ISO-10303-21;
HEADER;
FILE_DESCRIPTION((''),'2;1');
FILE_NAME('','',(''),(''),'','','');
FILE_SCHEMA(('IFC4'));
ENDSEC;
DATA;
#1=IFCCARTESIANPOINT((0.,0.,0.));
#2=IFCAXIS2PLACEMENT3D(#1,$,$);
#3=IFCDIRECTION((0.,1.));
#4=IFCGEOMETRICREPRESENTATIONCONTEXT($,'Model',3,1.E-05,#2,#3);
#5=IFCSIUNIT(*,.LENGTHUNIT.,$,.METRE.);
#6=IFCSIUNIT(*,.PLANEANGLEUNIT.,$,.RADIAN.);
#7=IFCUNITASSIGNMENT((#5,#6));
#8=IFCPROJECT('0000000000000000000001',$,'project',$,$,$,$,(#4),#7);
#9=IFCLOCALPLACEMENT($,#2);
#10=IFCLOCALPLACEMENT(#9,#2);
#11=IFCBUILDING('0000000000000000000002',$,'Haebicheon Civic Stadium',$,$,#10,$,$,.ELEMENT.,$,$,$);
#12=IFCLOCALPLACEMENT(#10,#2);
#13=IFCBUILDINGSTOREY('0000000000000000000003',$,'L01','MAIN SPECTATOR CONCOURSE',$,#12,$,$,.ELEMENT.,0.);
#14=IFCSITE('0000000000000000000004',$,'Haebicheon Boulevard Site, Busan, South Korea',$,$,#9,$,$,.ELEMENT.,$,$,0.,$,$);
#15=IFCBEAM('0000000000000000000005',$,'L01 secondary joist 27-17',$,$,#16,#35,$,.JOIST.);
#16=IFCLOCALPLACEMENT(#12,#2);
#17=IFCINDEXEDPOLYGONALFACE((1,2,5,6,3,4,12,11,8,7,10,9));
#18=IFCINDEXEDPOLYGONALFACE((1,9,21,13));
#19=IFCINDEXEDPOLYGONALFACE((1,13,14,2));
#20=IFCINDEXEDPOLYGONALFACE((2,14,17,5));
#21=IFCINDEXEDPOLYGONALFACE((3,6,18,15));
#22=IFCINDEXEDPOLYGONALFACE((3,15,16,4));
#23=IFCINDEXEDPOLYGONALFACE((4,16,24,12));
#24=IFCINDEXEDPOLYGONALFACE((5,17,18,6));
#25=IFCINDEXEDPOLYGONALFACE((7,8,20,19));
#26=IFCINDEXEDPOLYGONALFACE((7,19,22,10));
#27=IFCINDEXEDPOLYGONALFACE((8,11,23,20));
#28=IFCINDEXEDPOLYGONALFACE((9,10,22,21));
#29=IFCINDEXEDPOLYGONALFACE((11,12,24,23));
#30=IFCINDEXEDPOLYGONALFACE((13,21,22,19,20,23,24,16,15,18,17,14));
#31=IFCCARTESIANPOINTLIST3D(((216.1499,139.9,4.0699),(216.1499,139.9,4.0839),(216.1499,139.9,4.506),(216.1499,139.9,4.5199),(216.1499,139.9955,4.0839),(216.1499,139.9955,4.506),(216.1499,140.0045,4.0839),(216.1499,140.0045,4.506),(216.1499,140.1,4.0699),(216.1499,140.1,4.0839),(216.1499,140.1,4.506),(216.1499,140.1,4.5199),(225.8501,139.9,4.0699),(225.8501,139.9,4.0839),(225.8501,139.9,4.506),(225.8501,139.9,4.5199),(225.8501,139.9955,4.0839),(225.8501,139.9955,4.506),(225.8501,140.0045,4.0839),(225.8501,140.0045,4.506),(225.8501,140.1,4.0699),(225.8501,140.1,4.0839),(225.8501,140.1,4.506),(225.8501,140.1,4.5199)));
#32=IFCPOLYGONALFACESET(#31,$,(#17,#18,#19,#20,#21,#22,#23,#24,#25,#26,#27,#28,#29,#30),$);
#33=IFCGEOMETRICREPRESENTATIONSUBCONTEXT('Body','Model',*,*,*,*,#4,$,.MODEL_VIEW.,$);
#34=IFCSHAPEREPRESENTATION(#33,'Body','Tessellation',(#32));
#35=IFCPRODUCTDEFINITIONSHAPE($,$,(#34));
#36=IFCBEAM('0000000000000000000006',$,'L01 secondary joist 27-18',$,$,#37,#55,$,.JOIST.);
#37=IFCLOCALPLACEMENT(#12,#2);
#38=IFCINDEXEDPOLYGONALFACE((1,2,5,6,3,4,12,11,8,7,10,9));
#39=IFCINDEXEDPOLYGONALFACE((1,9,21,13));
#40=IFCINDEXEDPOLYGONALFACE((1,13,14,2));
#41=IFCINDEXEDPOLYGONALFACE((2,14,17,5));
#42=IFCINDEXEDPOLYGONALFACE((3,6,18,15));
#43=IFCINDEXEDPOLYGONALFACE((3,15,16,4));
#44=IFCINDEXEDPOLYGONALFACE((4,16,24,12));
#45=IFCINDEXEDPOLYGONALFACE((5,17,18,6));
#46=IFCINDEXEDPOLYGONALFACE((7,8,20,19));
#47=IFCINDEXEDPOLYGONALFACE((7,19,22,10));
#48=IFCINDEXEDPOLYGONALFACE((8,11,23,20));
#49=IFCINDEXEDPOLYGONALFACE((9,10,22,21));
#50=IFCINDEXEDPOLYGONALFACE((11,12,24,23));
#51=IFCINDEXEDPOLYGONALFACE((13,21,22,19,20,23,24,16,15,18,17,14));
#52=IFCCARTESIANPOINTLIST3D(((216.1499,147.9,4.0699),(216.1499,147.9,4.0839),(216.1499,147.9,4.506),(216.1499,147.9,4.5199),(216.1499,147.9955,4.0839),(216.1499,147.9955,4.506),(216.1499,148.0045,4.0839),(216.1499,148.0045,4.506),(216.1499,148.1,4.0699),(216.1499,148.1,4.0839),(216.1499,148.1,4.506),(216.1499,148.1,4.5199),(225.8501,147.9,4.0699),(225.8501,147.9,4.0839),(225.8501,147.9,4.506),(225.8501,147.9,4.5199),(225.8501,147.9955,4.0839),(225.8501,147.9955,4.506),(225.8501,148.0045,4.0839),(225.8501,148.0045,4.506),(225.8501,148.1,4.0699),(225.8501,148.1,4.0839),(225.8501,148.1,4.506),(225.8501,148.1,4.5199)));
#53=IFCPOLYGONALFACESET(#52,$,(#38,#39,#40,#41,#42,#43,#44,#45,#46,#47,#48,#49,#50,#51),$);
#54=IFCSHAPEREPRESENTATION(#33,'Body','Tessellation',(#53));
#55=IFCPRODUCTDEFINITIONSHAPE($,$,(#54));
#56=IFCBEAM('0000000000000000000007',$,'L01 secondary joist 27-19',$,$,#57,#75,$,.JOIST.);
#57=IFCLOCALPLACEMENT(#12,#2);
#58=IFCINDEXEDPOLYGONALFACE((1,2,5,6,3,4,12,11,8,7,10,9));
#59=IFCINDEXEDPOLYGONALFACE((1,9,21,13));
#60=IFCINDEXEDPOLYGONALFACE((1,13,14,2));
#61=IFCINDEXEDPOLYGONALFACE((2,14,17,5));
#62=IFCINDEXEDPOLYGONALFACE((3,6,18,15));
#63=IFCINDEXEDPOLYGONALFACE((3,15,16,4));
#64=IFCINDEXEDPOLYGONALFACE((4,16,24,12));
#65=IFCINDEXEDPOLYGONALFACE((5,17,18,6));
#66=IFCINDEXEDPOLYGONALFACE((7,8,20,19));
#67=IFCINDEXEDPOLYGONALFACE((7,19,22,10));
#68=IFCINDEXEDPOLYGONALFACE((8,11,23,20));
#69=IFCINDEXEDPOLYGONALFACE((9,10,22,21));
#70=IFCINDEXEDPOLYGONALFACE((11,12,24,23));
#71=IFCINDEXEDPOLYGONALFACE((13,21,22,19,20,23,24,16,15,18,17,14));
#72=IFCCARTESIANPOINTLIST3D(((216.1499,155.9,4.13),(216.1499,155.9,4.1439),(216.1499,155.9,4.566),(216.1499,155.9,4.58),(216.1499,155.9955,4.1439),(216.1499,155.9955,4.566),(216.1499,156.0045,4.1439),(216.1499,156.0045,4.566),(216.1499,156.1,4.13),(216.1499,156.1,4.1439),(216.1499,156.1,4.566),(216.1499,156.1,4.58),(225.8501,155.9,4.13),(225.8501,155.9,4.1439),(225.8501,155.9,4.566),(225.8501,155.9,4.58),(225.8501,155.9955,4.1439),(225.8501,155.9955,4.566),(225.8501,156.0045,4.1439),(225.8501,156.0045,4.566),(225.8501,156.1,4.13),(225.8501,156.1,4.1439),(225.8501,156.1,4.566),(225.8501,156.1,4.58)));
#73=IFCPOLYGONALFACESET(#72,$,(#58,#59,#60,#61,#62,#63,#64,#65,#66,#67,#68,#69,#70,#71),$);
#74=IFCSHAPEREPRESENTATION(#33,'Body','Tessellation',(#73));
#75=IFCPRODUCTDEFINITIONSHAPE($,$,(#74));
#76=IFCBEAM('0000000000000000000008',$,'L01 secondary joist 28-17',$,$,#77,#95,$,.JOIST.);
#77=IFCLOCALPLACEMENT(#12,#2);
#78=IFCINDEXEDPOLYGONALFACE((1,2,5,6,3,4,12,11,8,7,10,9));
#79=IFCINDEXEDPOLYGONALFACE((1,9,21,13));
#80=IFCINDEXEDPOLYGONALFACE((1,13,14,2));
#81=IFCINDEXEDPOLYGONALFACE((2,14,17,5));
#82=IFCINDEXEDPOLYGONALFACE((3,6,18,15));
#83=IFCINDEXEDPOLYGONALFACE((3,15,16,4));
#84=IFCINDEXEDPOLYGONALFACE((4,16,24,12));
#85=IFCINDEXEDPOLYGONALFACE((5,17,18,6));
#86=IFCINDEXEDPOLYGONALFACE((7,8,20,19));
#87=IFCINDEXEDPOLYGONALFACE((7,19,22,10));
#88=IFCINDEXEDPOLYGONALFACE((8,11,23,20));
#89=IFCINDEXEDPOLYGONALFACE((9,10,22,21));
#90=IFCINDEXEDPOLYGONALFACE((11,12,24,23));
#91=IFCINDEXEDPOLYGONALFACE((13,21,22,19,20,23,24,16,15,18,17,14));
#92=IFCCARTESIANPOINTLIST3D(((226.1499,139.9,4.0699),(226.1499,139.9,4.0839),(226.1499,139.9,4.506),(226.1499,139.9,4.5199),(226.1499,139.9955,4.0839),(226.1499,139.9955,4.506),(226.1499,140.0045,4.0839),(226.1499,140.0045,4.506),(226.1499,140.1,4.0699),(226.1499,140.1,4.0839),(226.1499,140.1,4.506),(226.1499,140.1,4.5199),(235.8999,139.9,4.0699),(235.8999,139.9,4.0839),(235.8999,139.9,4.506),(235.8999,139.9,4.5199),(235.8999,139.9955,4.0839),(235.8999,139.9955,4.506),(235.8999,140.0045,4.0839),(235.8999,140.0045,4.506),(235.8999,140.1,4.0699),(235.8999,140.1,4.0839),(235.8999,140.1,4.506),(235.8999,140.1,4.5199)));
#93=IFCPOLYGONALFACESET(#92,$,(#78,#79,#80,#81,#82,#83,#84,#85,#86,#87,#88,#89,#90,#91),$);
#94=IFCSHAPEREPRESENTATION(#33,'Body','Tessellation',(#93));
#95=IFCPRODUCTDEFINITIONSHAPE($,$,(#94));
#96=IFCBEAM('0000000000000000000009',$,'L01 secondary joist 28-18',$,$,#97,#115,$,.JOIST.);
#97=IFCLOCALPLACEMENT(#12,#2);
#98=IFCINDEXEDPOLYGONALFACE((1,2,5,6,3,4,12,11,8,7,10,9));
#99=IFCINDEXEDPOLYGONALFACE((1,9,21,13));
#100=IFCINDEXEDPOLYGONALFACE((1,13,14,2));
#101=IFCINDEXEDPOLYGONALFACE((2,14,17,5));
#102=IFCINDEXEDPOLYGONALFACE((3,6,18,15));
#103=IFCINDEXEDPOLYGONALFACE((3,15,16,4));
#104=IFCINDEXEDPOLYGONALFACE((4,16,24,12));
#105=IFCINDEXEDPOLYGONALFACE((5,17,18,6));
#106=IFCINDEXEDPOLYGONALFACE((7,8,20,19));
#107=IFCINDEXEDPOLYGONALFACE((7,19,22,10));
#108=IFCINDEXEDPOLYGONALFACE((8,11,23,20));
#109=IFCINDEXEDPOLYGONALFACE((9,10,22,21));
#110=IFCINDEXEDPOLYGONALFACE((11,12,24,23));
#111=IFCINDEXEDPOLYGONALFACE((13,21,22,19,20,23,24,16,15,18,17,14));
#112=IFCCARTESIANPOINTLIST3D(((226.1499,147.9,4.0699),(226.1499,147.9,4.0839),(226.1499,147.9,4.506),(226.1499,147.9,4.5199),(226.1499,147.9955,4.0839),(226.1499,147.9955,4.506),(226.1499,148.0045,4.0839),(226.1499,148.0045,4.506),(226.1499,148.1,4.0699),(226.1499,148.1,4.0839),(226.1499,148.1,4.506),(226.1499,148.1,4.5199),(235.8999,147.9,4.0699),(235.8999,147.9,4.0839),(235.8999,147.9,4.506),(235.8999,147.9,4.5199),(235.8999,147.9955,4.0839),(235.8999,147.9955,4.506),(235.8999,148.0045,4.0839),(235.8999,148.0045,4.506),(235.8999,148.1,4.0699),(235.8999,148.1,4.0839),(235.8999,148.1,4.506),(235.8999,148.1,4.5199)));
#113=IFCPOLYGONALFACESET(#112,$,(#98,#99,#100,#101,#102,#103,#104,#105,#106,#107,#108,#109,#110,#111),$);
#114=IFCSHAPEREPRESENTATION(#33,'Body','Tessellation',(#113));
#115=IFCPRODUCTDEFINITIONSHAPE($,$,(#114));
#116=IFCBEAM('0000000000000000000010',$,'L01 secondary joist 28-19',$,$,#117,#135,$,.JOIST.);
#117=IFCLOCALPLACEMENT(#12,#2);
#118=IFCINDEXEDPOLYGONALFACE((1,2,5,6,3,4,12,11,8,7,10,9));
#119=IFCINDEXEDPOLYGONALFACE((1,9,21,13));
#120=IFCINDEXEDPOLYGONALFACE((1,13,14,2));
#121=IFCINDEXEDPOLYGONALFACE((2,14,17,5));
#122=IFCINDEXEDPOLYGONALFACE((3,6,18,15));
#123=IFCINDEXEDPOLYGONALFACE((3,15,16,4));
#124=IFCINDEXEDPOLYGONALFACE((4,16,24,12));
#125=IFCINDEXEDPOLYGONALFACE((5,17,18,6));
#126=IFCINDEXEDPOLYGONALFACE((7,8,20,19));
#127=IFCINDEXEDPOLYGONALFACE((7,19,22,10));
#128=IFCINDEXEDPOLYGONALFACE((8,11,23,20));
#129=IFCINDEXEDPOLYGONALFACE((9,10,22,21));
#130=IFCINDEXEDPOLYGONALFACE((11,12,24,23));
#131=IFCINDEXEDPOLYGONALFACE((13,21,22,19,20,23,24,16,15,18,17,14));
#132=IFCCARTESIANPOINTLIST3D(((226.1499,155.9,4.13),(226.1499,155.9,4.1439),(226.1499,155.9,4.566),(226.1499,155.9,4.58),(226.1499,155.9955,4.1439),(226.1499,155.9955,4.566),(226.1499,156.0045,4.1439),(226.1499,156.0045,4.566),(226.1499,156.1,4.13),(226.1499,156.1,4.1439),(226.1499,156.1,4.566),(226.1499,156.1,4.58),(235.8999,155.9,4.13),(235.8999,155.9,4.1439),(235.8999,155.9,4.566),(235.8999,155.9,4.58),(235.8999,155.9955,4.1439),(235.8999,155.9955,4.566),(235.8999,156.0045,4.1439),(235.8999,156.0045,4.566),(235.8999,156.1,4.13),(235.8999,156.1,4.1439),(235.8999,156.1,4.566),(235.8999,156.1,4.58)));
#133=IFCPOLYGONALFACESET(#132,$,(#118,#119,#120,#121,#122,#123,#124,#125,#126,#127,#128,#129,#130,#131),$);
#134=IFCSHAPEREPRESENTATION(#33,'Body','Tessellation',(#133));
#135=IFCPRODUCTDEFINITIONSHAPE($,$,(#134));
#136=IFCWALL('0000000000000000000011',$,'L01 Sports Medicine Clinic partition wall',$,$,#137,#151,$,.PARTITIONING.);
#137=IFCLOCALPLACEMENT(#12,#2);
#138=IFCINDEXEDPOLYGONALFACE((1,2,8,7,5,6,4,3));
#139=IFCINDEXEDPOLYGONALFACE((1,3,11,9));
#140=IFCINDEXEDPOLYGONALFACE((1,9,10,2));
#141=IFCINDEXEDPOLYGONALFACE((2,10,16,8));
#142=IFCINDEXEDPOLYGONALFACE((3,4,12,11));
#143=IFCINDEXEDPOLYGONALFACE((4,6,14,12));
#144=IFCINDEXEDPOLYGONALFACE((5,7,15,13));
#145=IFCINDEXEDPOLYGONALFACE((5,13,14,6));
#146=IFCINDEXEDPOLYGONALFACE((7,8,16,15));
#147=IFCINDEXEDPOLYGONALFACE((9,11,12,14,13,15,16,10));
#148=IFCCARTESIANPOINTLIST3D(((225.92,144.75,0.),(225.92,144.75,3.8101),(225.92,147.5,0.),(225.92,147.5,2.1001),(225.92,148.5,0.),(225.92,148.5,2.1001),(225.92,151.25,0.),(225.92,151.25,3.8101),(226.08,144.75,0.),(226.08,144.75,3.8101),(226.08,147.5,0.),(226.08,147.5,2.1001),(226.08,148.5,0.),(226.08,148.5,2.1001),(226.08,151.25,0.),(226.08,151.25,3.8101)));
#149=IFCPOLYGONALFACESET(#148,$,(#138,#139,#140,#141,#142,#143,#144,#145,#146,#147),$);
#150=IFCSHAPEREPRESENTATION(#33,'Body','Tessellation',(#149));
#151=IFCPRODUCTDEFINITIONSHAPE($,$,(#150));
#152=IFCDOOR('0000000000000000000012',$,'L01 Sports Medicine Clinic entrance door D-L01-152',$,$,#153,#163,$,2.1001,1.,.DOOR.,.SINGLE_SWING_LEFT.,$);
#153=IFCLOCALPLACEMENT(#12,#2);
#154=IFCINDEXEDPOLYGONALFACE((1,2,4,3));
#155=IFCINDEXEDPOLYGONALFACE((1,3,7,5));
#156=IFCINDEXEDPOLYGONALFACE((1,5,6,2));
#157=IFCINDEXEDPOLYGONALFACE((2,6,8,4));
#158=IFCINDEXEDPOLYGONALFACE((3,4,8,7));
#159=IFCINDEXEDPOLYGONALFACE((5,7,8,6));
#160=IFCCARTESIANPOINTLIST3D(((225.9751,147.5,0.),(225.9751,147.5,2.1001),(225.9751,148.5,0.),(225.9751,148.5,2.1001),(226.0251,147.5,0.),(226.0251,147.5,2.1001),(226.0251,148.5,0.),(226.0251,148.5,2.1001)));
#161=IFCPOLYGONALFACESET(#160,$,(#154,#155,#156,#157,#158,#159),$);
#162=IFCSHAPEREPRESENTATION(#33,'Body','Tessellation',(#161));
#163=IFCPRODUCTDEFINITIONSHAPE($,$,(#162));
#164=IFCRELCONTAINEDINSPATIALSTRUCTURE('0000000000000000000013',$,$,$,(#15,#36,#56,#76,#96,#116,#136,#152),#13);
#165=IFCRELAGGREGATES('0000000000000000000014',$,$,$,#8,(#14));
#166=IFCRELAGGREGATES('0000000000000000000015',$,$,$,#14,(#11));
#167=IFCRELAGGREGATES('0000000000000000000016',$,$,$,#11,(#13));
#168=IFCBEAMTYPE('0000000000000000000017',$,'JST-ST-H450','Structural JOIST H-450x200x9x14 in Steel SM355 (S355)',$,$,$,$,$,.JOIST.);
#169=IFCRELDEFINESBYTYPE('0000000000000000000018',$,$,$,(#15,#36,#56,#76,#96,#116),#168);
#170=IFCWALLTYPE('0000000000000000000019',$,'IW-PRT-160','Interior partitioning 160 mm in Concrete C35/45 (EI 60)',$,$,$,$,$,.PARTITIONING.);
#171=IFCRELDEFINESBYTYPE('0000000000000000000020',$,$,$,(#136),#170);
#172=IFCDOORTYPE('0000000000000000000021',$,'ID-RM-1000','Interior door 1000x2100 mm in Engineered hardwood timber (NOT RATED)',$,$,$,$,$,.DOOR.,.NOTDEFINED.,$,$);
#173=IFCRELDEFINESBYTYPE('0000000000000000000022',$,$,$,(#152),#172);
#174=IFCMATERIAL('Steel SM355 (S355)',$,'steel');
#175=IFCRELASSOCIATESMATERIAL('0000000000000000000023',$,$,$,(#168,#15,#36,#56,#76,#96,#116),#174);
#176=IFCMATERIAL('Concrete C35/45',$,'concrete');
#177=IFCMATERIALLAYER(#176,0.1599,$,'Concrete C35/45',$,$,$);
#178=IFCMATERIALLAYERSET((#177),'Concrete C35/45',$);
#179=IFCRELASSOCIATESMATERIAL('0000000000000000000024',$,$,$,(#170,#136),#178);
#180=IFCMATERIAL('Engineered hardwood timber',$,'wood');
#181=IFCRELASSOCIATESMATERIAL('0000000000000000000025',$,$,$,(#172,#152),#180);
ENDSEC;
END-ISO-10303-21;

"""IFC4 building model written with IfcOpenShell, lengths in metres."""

from ifc_helpers import new_model, si_unit, direction, frame, frame_2d, origin, origin_2d, place, context, subcontext, project, spatial, rectangle, i_section, extrude, material, layer, layer_set, material_profile, profile_set, type_object, element, fill, save


model = new_model("IFC4")

# Units and contexts
model_context = context("Model", 3, precision=1e-05, world=origin(), true_north=direction((0.0, 1.0)))
body_context = subcontext(model_context, "Body", "Model", "MODEL_VIEW")
ifc_project = project(units=[si_unit("LENGTHUNIT", "METRE"), si_unit("PLANEANGLEUNIT", "RADIAN")], contexts=[model_context])

# Site, building, storey
site_placement = place(None, origin())
site = spatial("IfcSite", under=ifc_project, at=site_placement, Name="Haebicheon Boulevard Site, Busan, South Korea", CompositionType="ELEMENT", RefElevation=0.0)
building_placement = place(site_placement, origin())
building = spatial("IfcBuilding", under=site, at=building_placement, Name="Haebicheon Civic Stadium", CompositionType="ELEMENT")
storey_placement = place(building_placement, origin())
storey = spatial("IfcBuildingStorey", under=building, at=storey_placement, Name="L01", Description="MAIN SPECTATOR CONCOURSE", CompositionType="ELEMENT", Elevation=0.0)

# Beams
ifc_material_1 = material(Name="Steel SM355 (S355)", Category="steel")
ifc_material_profile_1 = material_profile(ifc_material_1, i_section(OverallWidth=0.2, OverallDepth=0.45, WebThickness=0.009, FlangeThickness=0.0139, at=origin_2d()), Name="H-450x200x9x14")
ifc_profile_set_1 = profile_set([ifc_material_profile_1], Name="Steel SM355 (S355)")
beam_type_1 = type_object("IfcBeamType", Name="JST-ST-H450", Description="Structural JOIST H-450x200x9x14 in Steel SM355 (S355)", PredefinedType="JOIST", material=ifc_profile_set_1)
for number, where, z_axis, x_axis, name in (
    (1, (216.1499, 140.0, 4.2949), (1.0, 0.0, 0.0), (0.0, 1.0, 0.0), "L01 secondary joist 27-17"),
    (2, (216.1499, 148.0, 4.2949), (1.0, 0.0, 0.0), (0.0, 1.0, 0.0), "L01 secondary joist 27-18"),
    (3, (216.1499, 156.0, 4.355), (1.0, 0.0, 0.0), (0.0, 1.0, 0.0), "L01 secondary joist 27-19"),
):
    element("IfcBeam", number, at=place(storey_placement, frame(where, z_axis=z_axis, x_axis=x_axis)), inside=storey, type_object=beam_type_1, material=ifc_profile_set_1, Name=name, PredefinedType="JOIST", context=body_context, shape_type="SweptSolid", body=[
        extrude(i_section(OverallWidth=0.2, OverallDepth=0.45, WebThickness=0.009, FlangeThickness=0.0139, at=origin_2d()), origin(), (0.0, 0.0, 1.0), 9.7002),
    ])
for number, where, z_axis, x_axis, name in (
    (4, (226.1499, 140.0, 4.2949), (1.0, 0.0, 0.0), (0.0, 1.0, 0.0), "L01 secondary joist 28-17"),
    (5, (226.1499, 148.0, 4.2949), (1.0, 0.0, 0.0), (0.0, 1.0, 0.0), "L01 secondary joist 28-18"),
    (6, (226.1499, 156.0, 4.355), (1.0, 0.0, 0.0), (0.0, 1.0, 0.0), "L01 secondary joist 28-19"),
):
    element("IfcBeam", number, at=place(storey_placement, frame(where, z_axis=z_axis, x_axis=x_axis)), inside=storey, type_object=beam_type_1, material=ifc_profile_set_1, Name=name, PredefinedType="JOIST", context=body_context, shape_type="SweptSolid", body=[
        extrude(i_section(OverallWidth=0.2, OverallDepth=0.45, WebThickness=0.009, FlangeThickness=0.0139, at=origin_2d()), origin(), (0.0, 0.0, 1.0), 9.75),
    ])

# Wall, opening, door
ifc_material_2 = material(Name="Concrete C35/45", Category="concrete")
ifc_layer_1 = layer(ifc_material_2, 0.1599, Name="Concrete C35/45")
ifc_layer_set_1 = layer_set([ifc_layer_1], Name="Concrete C35/45")
wall_type = type_object("IfcWallType", Name="IW-PRT-160", Description="Interior partitioning 160 mm in Concrete C35/45 (EI 60)", PredefinedType="PARTITIONING", material=ifc_layer_set_1)
wall_placement = place(storey_placement, frame((226.0, 144.75, 0.0), z_axis=(0.0, 0.0, 1.0), x_axis=(0.0, 1.0, 0.0)))
wall = element("IfcWall", 7, at=wall_placement, inside=storey, type_object=wall_type, material=ifc_layer_set_1, Name="L01 Sports Medicine Clinic partition wall", PredefinedType="PARTITIONING", context=body_context, shape_type="SweptSolid", body=[
    extrude(rectangle(XDim=6.5, YDim=0.1599, at=frame_2d((3.25, 0.0))), origin(), (0.0, 0.0, 1.0), 3.8101),
])
opening_placement = place(wall_placement, frame((2.75, 0.0, 0.0)))
opening = element("IfcOpeningElement", 8, at=opening_placement, cuts=wall, PredefinedType="OPENING", context=body_context, shape_type="SweptSolid", body=[
    extrude(rectangle(XDim=1.0, YDim=2.1001, at=frame_2d((0.5, 1.05))), frame((0.0, 0.0898, 0.0), z_axis=(0.0, -1.0, 0.0), x_axis=(1.0, 0.0, 0.0)), (0.0, 0.0, 1.0), 0.1799),
])
ifc_material_3 = material(Name="Engineered hardwood timber", Category="wood")
door_type = type_object("IfcDoorType", Name="ID-RM-1000", Description="Interior door 1000x2100 mm in Engineered hardwood timber (NOT RATED)", OperationType="NOTDEFINED", PredefinedType="DOOR", material=ifc_material_3)
door_placement = place(opening_placement, origin())
door = element("IfcDoor", 9, at=door_placement, inside=storey, type_object=door_type, material=ifc_material_3, Name="L01 Sports Medicine Clinic entrance door D-L01-152", OperationType="SINGLE_SWING_LEFT", OverallHeight=2.1001, OverallWidth=1.0, PredefinedType="DOOR", context=body_context, shape_type="SweptSolid", body=[
    extrude(rectangle(XDim=1.0, YDim=2.1001, at=frame_2d((0.5, 1.05))), frame((0.0, 0.0249, 0.0), z_axis=(0.0, -1.0, 0.0), x_axis=(1.0, 0.0, 0.0)), (0.0, 0.0, 1.0), 0.05),
])
fill(opening, door)

save(model, "model.ifc")
